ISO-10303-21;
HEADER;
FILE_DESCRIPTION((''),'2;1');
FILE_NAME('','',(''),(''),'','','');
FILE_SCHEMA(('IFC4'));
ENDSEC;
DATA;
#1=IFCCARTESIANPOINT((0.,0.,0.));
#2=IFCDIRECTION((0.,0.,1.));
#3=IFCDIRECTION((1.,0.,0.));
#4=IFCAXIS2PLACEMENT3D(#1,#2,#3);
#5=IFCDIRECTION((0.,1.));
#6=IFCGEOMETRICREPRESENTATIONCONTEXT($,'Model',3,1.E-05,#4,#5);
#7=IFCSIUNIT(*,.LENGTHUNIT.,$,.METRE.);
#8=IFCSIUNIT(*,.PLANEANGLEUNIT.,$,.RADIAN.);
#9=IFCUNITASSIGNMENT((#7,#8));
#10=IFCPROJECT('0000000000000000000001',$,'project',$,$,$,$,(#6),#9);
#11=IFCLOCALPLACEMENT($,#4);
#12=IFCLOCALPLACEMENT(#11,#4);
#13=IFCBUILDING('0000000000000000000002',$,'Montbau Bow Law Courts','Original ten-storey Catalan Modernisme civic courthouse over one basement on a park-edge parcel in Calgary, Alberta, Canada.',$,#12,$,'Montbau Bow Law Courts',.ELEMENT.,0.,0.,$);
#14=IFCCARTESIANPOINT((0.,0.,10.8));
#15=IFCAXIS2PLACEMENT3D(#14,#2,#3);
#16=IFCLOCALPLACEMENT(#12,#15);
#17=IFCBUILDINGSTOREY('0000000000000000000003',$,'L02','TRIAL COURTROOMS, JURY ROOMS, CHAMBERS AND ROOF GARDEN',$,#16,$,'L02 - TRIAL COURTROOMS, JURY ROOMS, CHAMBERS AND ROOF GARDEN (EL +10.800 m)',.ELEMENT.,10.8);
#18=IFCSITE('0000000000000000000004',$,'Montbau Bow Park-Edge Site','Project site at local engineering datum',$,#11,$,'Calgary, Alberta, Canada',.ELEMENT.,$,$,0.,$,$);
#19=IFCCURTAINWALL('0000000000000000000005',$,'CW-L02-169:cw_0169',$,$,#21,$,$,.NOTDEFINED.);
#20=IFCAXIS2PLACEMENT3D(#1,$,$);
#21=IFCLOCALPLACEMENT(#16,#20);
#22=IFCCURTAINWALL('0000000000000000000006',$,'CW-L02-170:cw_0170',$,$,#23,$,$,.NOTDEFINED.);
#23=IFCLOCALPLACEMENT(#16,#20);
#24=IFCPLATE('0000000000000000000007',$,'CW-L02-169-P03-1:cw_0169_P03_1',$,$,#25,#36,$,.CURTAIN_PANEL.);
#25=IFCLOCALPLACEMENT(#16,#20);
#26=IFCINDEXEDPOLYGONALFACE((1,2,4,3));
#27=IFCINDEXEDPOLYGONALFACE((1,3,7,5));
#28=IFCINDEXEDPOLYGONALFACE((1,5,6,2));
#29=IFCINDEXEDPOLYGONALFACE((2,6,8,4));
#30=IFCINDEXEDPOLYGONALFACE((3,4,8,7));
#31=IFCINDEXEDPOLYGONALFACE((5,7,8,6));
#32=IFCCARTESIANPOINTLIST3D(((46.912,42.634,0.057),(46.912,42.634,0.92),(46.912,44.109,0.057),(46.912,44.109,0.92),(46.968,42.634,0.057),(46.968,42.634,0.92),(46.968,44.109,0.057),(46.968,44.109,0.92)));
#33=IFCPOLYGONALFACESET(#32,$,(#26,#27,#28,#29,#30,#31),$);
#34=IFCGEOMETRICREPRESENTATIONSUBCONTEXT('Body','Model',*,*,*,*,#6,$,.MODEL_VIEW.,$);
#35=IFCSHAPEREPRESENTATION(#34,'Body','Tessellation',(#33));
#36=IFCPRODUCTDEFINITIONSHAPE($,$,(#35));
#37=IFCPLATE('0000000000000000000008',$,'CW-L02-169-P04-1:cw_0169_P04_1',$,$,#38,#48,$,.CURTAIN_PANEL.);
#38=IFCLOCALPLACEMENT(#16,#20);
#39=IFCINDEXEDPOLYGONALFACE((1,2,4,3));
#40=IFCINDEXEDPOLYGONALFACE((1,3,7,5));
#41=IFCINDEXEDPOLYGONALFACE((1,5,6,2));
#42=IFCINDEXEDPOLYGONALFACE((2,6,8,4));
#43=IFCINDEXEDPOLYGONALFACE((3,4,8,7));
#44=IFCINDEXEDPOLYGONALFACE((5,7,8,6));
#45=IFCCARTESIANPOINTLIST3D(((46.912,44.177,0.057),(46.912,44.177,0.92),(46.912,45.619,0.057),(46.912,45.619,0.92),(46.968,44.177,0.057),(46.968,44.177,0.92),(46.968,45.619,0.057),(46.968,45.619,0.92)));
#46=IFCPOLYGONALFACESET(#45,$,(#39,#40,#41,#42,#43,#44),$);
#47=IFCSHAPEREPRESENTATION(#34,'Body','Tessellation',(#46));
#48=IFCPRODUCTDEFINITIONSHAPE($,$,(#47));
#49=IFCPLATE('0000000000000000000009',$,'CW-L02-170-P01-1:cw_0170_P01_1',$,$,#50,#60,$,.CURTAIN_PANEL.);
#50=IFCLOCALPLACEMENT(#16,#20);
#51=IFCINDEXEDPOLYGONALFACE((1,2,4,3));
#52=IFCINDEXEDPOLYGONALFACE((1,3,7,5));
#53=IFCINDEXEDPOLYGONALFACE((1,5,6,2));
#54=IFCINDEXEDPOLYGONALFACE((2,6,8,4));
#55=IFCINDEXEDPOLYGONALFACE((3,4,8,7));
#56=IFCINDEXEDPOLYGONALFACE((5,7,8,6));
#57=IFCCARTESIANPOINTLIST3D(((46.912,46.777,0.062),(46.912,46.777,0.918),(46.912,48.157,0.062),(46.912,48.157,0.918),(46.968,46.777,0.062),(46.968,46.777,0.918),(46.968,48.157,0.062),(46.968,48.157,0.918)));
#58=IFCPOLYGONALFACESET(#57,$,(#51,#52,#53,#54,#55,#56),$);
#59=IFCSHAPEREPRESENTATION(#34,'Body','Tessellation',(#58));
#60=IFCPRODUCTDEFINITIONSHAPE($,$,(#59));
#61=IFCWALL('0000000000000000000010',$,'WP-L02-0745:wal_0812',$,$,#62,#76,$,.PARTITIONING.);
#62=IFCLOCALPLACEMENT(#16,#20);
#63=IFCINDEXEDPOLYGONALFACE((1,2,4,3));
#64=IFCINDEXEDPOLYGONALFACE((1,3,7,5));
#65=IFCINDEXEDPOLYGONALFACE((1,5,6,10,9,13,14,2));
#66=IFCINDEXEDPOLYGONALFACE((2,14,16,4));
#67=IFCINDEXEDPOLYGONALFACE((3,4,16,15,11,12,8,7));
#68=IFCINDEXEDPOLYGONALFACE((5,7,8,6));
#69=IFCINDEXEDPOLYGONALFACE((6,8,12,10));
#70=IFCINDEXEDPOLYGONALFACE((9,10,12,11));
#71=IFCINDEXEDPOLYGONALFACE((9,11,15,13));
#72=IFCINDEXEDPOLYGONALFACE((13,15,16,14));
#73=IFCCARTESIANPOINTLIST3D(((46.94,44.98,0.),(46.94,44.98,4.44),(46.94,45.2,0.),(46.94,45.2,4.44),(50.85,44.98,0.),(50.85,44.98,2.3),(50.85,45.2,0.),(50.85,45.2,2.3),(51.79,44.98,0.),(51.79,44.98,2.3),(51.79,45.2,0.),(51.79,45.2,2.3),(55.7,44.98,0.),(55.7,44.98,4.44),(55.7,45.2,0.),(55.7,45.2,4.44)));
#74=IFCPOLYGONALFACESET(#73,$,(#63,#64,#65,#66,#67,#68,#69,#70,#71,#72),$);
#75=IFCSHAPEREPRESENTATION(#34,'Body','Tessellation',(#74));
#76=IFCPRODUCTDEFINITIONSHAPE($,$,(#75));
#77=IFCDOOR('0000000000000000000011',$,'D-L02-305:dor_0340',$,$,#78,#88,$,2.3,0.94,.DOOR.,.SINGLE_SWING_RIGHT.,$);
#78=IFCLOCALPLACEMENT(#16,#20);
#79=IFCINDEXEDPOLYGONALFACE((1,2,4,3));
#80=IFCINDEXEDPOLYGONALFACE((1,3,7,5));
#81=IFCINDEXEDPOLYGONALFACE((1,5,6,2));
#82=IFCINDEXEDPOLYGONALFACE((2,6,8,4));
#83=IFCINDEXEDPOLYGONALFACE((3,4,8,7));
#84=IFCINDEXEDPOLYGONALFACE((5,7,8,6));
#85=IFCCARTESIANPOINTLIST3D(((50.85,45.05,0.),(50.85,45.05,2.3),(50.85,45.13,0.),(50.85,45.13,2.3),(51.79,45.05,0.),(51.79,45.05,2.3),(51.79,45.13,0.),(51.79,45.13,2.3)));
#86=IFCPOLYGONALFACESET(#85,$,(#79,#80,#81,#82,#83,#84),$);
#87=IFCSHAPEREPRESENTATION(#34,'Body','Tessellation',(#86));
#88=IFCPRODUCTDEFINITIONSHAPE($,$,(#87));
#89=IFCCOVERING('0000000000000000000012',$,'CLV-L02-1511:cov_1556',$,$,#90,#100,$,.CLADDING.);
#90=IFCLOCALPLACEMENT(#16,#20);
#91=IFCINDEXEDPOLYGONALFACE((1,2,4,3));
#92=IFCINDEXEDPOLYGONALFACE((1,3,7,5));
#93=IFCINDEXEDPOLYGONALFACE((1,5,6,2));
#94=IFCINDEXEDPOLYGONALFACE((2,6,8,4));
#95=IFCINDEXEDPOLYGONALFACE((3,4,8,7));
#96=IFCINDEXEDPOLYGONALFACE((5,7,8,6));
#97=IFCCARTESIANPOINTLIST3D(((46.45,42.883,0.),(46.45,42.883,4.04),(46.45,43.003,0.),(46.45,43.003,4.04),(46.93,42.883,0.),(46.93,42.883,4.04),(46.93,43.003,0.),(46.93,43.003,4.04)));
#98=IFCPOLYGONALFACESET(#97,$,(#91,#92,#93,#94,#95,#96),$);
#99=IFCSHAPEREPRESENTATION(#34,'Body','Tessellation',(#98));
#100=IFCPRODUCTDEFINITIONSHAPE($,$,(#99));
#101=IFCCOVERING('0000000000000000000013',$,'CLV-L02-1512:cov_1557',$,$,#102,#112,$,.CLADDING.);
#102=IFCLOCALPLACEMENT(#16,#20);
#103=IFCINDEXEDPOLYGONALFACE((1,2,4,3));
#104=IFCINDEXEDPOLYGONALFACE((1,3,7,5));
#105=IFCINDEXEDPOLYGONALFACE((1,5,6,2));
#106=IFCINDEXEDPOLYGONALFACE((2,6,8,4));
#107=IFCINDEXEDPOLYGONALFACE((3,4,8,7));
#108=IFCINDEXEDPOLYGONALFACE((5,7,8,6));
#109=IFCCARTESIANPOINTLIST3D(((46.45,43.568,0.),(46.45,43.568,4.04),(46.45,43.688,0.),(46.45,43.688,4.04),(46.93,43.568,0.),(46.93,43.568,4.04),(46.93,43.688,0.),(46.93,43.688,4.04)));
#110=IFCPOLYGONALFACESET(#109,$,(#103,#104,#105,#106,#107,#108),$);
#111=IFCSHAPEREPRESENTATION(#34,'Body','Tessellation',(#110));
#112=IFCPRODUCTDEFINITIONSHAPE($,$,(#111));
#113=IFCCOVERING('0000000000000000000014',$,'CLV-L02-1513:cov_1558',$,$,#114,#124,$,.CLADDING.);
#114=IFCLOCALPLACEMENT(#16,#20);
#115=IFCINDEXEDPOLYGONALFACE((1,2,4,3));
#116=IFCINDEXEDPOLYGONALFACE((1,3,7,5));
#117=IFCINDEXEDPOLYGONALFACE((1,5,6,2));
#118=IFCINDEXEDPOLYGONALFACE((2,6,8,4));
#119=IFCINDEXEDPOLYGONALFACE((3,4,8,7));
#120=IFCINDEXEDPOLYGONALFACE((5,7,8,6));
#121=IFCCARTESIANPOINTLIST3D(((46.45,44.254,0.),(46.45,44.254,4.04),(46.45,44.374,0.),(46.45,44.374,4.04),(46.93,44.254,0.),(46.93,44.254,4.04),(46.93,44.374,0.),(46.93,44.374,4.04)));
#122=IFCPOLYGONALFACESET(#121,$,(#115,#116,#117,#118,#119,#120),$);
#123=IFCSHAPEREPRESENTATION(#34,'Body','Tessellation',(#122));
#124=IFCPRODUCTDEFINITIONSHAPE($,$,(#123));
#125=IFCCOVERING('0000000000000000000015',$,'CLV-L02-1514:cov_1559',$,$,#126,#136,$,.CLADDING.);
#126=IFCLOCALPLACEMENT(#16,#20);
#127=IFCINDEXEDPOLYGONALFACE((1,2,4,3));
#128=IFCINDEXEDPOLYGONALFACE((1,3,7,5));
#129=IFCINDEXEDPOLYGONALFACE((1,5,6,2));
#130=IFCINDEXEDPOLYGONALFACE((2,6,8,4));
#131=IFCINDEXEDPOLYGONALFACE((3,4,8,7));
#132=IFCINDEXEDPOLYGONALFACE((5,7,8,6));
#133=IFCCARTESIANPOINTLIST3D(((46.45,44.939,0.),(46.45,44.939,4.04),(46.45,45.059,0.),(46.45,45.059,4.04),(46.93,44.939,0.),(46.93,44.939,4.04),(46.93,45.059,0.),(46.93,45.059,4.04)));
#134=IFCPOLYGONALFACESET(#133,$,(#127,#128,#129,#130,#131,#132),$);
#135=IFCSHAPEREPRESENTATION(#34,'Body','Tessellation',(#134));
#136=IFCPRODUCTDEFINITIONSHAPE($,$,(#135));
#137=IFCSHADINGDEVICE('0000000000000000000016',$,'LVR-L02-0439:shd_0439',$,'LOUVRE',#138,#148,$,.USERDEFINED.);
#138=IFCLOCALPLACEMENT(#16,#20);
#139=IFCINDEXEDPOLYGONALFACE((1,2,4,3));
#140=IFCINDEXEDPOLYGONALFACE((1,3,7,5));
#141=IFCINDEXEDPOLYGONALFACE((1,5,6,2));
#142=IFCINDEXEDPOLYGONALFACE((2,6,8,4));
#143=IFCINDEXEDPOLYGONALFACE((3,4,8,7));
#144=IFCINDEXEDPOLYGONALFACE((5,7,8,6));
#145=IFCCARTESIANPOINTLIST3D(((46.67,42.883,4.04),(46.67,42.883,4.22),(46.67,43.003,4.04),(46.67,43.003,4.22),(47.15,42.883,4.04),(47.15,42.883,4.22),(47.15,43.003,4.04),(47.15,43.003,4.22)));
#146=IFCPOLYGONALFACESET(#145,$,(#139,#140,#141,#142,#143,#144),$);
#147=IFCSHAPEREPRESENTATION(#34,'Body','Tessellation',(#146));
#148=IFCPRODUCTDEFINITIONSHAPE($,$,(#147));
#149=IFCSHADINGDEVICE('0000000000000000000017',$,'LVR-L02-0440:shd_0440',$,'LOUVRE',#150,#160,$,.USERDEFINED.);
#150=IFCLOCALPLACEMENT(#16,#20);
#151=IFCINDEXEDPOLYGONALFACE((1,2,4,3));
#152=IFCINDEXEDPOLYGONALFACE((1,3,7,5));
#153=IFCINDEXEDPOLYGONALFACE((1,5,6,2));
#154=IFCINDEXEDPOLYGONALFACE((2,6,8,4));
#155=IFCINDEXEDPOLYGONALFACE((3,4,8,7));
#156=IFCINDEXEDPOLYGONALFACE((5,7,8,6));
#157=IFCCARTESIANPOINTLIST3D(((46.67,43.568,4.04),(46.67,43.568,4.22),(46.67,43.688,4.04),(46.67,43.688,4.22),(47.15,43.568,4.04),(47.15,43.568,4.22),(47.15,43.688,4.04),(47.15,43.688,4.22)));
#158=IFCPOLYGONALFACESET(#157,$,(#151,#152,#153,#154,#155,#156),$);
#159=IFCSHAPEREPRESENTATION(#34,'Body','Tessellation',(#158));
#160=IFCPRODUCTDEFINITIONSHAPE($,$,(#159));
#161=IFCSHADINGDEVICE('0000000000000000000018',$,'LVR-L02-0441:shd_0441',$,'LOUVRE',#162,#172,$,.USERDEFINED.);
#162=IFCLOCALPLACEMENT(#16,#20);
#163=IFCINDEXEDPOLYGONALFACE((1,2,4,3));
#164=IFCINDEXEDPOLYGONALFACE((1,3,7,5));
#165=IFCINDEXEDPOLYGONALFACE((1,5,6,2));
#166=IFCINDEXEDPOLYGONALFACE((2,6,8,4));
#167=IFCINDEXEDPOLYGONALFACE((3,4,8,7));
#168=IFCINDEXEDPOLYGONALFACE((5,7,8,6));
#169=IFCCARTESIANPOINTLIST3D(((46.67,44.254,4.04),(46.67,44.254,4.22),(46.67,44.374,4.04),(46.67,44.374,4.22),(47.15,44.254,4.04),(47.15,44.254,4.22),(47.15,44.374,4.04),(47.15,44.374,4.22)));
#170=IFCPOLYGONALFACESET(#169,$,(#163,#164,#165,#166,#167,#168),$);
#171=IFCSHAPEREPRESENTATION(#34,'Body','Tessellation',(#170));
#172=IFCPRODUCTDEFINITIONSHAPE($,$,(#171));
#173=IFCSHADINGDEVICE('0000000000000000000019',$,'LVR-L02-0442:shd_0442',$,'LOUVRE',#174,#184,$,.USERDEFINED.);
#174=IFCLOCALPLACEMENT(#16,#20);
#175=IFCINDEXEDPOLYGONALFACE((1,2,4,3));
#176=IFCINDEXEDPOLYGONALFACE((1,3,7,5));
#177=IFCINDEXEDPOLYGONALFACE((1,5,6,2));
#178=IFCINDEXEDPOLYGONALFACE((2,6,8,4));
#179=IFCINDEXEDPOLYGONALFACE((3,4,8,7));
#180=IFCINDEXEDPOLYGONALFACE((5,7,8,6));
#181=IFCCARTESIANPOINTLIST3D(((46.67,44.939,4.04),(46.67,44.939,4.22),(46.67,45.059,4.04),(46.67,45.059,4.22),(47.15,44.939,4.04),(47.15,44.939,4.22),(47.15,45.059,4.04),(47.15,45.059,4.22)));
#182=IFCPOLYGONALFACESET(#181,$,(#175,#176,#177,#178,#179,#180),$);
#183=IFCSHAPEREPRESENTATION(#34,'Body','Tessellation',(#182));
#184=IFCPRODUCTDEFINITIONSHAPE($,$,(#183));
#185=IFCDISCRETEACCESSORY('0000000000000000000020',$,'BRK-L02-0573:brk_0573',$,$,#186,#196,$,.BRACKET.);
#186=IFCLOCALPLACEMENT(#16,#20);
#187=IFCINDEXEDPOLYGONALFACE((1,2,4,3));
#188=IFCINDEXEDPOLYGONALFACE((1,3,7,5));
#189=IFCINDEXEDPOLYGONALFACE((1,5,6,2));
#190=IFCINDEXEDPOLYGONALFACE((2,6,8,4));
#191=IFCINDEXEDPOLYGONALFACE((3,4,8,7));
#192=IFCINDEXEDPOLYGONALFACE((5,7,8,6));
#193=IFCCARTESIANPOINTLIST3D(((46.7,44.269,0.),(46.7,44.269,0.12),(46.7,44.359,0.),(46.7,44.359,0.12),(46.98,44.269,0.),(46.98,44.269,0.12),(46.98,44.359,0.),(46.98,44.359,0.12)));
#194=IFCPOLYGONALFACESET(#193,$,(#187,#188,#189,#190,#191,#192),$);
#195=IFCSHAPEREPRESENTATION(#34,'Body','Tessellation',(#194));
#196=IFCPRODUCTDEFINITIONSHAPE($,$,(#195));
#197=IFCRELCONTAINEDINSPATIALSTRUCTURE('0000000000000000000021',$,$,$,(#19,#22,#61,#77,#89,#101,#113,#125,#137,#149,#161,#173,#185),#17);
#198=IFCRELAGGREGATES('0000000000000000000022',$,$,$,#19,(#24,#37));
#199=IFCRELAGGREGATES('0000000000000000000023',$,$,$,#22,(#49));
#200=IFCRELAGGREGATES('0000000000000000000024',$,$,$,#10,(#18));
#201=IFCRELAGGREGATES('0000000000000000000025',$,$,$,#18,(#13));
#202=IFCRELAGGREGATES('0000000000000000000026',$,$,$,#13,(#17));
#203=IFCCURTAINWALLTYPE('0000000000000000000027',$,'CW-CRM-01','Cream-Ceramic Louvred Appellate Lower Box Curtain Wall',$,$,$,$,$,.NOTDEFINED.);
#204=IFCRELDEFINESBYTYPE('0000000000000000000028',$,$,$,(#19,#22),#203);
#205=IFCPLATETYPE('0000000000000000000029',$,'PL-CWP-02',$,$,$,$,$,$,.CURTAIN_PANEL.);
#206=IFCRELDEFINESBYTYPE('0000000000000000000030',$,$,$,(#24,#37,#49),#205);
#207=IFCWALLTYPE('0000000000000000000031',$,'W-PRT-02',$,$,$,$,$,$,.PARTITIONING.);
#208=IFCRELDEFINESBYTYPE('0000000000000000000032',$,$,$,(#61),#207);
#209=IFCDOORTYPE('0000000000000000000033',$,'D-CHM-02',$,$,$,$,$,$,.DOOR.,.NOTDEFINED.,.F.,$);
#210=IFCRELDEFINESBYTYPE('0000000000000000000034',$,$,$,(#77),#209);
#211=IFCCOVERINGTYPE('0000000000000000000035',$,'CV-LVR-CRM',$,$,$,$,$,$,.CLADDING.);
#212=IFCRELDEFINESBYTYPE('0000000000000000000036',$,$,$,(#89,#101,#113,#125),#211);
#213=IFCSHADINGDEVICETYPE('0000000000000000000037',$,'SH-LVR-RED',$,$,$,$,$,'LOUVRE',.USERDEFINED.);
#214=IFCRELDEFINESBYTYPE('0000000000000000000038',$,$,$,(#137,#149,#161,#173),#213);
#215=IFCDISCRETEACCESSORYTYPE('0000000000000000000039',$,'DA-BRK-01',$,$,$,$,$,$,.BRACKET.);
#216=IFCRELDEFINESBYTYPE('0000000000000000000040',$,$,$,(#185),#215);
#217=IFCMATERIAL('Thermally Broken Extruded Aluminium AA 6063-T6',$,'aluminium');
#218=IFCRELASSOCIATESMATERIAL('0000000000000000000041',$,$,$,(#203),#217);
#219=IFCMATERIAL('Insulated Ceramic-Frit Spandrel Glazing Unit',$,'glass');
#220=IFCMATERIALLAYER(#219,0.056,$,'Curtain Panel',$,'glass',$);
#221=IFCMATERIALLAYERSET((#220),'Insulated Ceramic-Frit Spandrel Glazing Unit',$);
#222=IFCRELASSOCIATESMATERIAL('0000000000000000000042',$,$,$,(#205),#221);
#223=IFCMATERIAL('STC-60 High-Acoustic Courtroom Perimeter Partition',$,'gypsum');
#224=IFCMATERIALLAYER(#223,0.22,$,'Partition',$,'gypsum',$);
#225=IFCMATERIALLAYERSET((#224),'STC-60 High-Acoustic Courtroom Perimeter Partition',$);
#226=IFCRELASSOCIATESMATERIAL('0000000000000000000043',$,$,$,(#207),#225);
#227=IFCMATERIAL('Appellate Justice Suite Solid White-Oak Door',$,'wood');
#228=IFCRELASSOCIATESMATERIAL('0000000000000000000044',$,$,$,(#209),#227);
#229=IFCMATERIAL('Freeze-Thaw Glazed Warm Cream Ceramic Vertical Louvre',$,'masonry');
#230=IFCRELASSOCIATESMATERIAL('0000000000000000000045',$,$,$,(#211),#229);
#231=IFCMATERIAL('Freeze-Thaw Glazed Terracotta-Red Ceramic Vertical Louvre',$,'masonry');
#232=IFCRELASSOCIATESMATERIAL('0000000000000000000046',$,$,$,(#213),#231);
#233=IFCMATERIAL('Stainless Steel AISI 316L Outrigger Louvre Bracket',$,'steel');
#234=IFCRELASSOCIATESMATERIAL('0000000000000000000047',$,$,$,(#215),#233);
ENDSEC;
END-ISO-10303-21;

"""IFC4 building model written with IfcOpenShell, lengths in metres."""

from ifc_helpers import new_model, si_unit, direction, frame, frame_2d, origin_with_axes, origin_2d_with_axis, place, context, subcontext, project, spatial, rectangle, extrude, material, layer, layer_set, type_object, element, fill, aggregate, save


model = new_model("IFC4")

# Units and contexts
model_context = context("Model", 3, precision=1e-05, world=origin_with_axes(), true_north=direction((0.0, 1.0)))
body_context = subcontext(model_context, "Body", "Model", "MODEL_VIEW")
ifc_project = project(units=[si_unit("LENGTHUNIT", "METRE"), si_unit("PLANEANGLEUNIT", "RADIAN")], contexts=[model_context])

# Site, building, storey
site_placement = place(None, origin_with_axes())
site = spatial("IfcSite", under=ifc_project, at=site_placement, Name="Montbau Bow Park-Edge Site", Description="Project site at local engineering datum", LongName="Calgary, Alberta, Canada", CompositionType="ELEMENT", RefElevation=0.0)
building_placement = place(site_placement, origin_with_axes())
building = spatial("IfcBuilding", under=site, at=building_placement, Name="Montbau Bow Law Courts", Description="Original ten-storey Catalan Modernisme civic courthouse over one basement on a park-edge parcel in Calgary, Alberta, Canada.", LongName="Montbau Bow Law Courts", CompositionType="ELEMENT", ElevationOfRefHeight=0.0, ElevationOfTerrain=0.0)
storey_placement = place(building_placement, frame((0.0, 0.0, 10.8), z_axis=(0.0, 0.0, 1.0), x_axis=(1.0, 0.0, 0.0)))
storey = spatial("IfcBuildingStorey", under=building, at=storey_placement, Name="L02", Description="TRIAL COURTROOMS, JURY ROOMS, CHAMBERS AND ROOF GARDEN", LongName="L02 - TRIAL COURTROOMS, JURY ROOMS, CHAMBERS AND ROOF GARDEN (EL +10.800 m)", CompositionType="ELEMENT", Elevation=10.8)

# Curtain walls
ifc_material_1 = material(Name="Thermally Broken Extruded Aluminium AA 6063-T6", Category="aluminium")
curtain_wall_type = type_object("IfcCurtainWallType", Name="CW-CRM-01", Description="Cream-Ceramic Louvred Appellate Lower Box Curtain Wall", PredefinedType="NOTDEFINED", material=ifc_material_1)
curtain_wall_1_placement = place(None, frame((46.94, 39.515, 10.8), z_axis=(0.0, 0.0, 1.0), x_axis=(1.0, 0.0, 0.0)))
curtain_wall_1 = element("IfcCurtainWall", 1, at=curtain_wall_1_placement, inside=storey, type_object=curtain_wall_type, Name="CW-L02-169:cw_0169", PredefinedType="NOTDEFINED")
curtain_wall_2_placement = place(None, frame((46.94, 46.715, 10.8), z_axis=(0.0, 0.0, 1.0), x_axis=(1.0, 0.0, 0.0)))
curtain_wall_2 = element("IfcCurtainWall", 2, at=curtain_wall_2_placement, inside=storey, type_object=curtain_wall_type, Name="CW-L02-170:cw_0170", PredefinedType="NOTDEFINED")

# Plates
ifc_material_2 = material(Name="Insulated Ceramic-Frit Spandrel Glazing Unit", Category="glass")
ifc_layer_1 = layer(ifc_material_2, 0.056, Name="Curtain Panel", Category="glass")
ifc_layer_set_1 = layer_set([ifc_layer_1], Name="Insulated Ceramic-Frit Spandrel Glazing Unit")
plate_type_1 = type_object("IfcPlateType", Name="PL-CWP-02", PredefinedType="CURTAIN_PANEL", material=ifc_layer_set_1)
plate_1_placement = place(None, frame((46.94, 42.634, 10.857), z_axis=(1.0, 0.0, 0.0), x_axis=(0.0, 1.0, 0.0)))
plate_1 = element("IfcPlate", 3, at=plate_1_placement, type_object=plate_type_1, Name="CW-L02-169-P03-1:cw_0169_P03_1", PredefinedType="CURTAIN_PANEL", context=body_context, shape_type="SweptSolid", body=[
    extrude(rectangle(XDim=1.475, YDim=0.863, at=frame_2d((0.7375, 0.4315), x_axis=(1.0, 0.0))), frame((0.0, 0.0, -0.028), z_axis=(0.0, 0.0, 1.0), x_axis=(1.0, 0.0, 0.0)), (0.0, 0.0, 1.0), 0.056),
])
plate_2_placement = place(None, frame((46.94, 44.177, 10.857), z_axis=(1.0, 0.0, 0.0), x_axis=(0.0, 1.0, 0.0)))
plate_2 = element("IfcPlate", 4, at=plate_2_placement, type_object=plate_type_1, Name="CW-L02-169-P04-1:cw_0169_P04_1", PredefinedType="CURTAIN_PANEL", context=body_context, shape_type="SweptSolid", body=[
    extrude(rectangle(XDim=1.442, YDim=0.863, at=frame_2d((0.721, 0.4315), x_axis=(1.0, 0.0))), frame((0.0, 0.0, -0.028), z_axis=(0.0, 0.0, 1.0), x_axis=(1.0, 0.0, 0.0)), (0.0, 0.0, 1.0), 0.056),
])
aggregate(curtain_wall_1, [plate_1, plate_2])
plate_3_placement = place(None, frame((46.94, 46.777, 10.862), z_axis=(1.0, 0.0, 0.0), x_axis=(0.0, 1.0, 0.0)))
plate_3 = element("IfcPlate", 5, at=plate_3_placement, type_object=plate_type_1, Name="CW-L02-170-P01-1:cw_0170_P01_1", PredefinedType="CURTAIN_PANEL", context=body_context, shape_type="SweptSolid", body=[
    extrude(rectangle(XDim=1.38, YDim=0.856, at=frame_2d((0.69, 0.428), x_axis=(1.0, 0.0))), frame((0.0, 0.0, -0.028), z_axis=(0.0, 0.0, 1.0), x_axis=(1.0, 0.0, 0.0)), (0.0, 0.0, 1.0), 0.056),
])
aggregate(curtain_wall_2, [plate_3])

# Wall, opening, door
ifc_material_3 = material(Name="STC-60 High-Acoustic Courtroom Perimeter Partition", Category="gypsum")
ifc_layer_2 = layer(ifc_material_3, 0.22, Name="Partition", Category="gypsum")
ifc_layer_set_2 = layer_set([ifc_layer_2], Name="STC-60 High-Acoustic Courtroom Perimeter Partition")
wall_type = type_object("IfcWallType", Name="W-PRT-02", PredefinedType="PARTITIONING", material=ifc_layer_set_2)
wall_placement = place(None, frame((46.94, 45.09, 10.8), z_axis=(0.0, 0.0, 1.0), x_axis=(1.0, 0.0, 0.0)))
wall = element("IfcWall", 6, at=wall_placement, inside=storey, type_object=wall_type, Name="WP-L02-0745:wal_0812", PredefinedType="PARTITIONING", context=body_context, shape_type="SweptSolid", body=[
    extrude(rectangle(XDim=8.76, YDim=0.22, at=frame_2d((4.38, 0.0), x_axis=(1.0, 0.0))), origin_with_axes(), (0.0, 0.0, 1.0), 4.44),
])
opening_placement = place(None, frame((51.32, 45.09, 10.8), z_axis=(0.0, 0.0, 1.0), x_axis=(1.0, 0.0, 0.0)))
opening = element("IfcOpeningElement", 7, at=opening_placement, cuts=wall, PredefinedType="OPENING", context=body_context, shape_type="SweptSolid", body=[
    extrude(rectangle(XDim=0.94, YDim=2.3, at=frame_2d((0.0, 1.15), x_axis=(1.0, 0.0))), frame((0.0, 0.12, 0.0), z_axis=(0.0, -1.0, 0.0), x_axis=(1.0, 0.0, 0.0)), (0.0, 0.0, 1.0), 0.24),
])
ifc_material_4 = material(Name="Appellate Justice Suite Solid White-Oak Door", Category="wood")
door_type = type_object("IfcDoorType", Name="D-CHM-02", OperationType="NOTDEFINED", ParameterTakesPrecedence=False, PredefinedType="DOOR", material=ifc_material_4)
door_placement = place(None, frame((51.32, 45.09, 10.8), z_axis=(0.0, 0.0, 1.0), x_axis=(-1.0, 0.0, 0.0)))
door = element("IfcDoor", 8, at=door_placement, inside=storey, type_object=door_type, Name="D-L02-305:dor_0340", OperationType="SINGLE_SWING_RIGHT", OverallHeight=2.3, OverallWidth=0.94, PredefinedType="DOOR", context=body_context, shape_type="SweptSolid", body=[
    extrude(rectangle(XDim=0.94, YDim=2.3, at=frame_2d((0.0, 1.15), x_axis=(1.0, 0.0))), frame((0.0, 0.04, 0.0), z_axis=(0.0, -1.0, 0.0), x_axis=(1.0, 0.0, 0.0)), (0.0, 0.0, 1.0), 0.08),
])
fill(opening, door)

# Coverings
ifc_material_5 = material(Name="Freeze-Thaw Glazed Warm Cream Ceramic Vertical Louvre", Category="masonry")
covering_type = type_object("IfcCoveringType", Name="CV-LVR-CRM", PredefinedType="CLADDING", material=ifc_material_5)
for number, where, z_axis, x_axis, name in (
    (9, (46.93, 42.943, 10.8), (0.0, 1.0, 0.0), (-1.0, 0.0, 0.0), "CLV-L02-1511:cov_1556"),
    (10, (46.93, 43.628, 10.8), (0.0, 1.0, 0.0), (-1.0, 0.0, 0.0), "CLV-L02-1512:cov_1557"),
    (11, (46.93, 44.314, 10.8), (0.0, 1.0, 0.0), (-1.0, 0.0, 0.0), "CLV-L02-1513:cov_1558"),
    (12, (46.93, 44.999, 10.8), (0.0, 1.0, 0.0), (-1.0, 0.0, 0.0), "CLV-L02-1514:cov_1559"),
):
    element("IfcCovering", number, at=place(None, frame(where, z_axis=z_axis, x_axis=x_axis)), inside=storey, type_object=covering_type, Name=name, PredefinedType="CLADDING", context=body_context, shape_type="SweptSolid", body=[
        extrude(rectangle(XDim=0.48, YDim=4.04, at=frame_2d((0.24, 2.02), x_axis=(1.0, 0.0))), frame((0.0, 0.0, -0.06), z_axis=(0.0, 0.0, 1.0), x_axis=(1.0, 0.0, 0.0)), (0.0, 0.0, 1.0), 0.12),
    ])

# Shading devices
ifc_material_6 = material(Name="Freeze-Thaw Glazed Terracotta-Red Ceramic Vertical Louvre", Category="masonry")
shading_device_type = type_object("IfcShadingDeviceType", Name="SH-LVR-RED", ElementType="LOUVRE", PredefinedType="USERDEFINED", material=ifc_material_6)
for number, where, z_axis, x_axis, name in (
    (13, (46.91, 42.943, 14.84), (0.0, 0.0, 1.0), (1.0, 0.0, 0.0), "LVR-L02-0439:shd_0439"),
    (14, (46.91, 43.628, 14.84), (0.0, 0.0, 1.0), (1.0, 0.0, 0.0), "LVR-L02-0440:shd_0440"),
    (15, (46.91, 44.314, 14.84), (0.0, 0.0, 1.0), (1.0, 0.0, 0.0), "LVR-L02-0441:shd_0441"),
    (16, (46.91, 44.999, 14.84), (0.0, 0.0, 1.0), (1.0, 0.0, 0.0), "LVR-L02-0442:shd_0442"),
):
    element("IfcShadingDevice", number, at=place(None, frame(where, z_axis=z_axis, x_axis=x_axis)), inside=storey, type_object=shading_device_type, Name=name, ObjectType="LOUVRE", PredefinedType="USERDEFINED", context=body_context, shape_type="SweptSolid", body=[
        extrude(rectangle(XDim=0.48, YDim=0.12, at=origin_2d_with_axis()), origin_with_axes(), (0.0, 0.0, 1.0), 0.18),
    ])

# Discrete accessory
ifc_material_7 = material(Name="Stainless Steel AISI 316L Outrigger Louvre Bracket", Category="steel")
discrete_accessory_type = type_object("IfcDiscreteAccessoryType", Name="DA-BRK-01", PredefinedType="BRACKET", material=ifc_material_7)
discrete_accessory_placement = place(None, frame((46.84, 44.314, 10.8), z_axis=(0.0, 0.0, 1.0), x_axis=(-1.0, 0.0, 0.0)))
element("IfcDiscreteAccessory", 17, at=discrete_accessory_placement, inside=storey, type_object=discrete_accessory_type, Name="BRK-L02-0573:brk_0573", PredefinedType="BRACKET", context=body_context, shape_type="SweptSolid", body=[
    extrude(rectangle(XDim=0.28, YDim=0.09, at=origin_2d_with_axis()), origin_with_axes(), (0.0, 0.0, 1.0), 0.12),
])

save(model, "model.ifc")
